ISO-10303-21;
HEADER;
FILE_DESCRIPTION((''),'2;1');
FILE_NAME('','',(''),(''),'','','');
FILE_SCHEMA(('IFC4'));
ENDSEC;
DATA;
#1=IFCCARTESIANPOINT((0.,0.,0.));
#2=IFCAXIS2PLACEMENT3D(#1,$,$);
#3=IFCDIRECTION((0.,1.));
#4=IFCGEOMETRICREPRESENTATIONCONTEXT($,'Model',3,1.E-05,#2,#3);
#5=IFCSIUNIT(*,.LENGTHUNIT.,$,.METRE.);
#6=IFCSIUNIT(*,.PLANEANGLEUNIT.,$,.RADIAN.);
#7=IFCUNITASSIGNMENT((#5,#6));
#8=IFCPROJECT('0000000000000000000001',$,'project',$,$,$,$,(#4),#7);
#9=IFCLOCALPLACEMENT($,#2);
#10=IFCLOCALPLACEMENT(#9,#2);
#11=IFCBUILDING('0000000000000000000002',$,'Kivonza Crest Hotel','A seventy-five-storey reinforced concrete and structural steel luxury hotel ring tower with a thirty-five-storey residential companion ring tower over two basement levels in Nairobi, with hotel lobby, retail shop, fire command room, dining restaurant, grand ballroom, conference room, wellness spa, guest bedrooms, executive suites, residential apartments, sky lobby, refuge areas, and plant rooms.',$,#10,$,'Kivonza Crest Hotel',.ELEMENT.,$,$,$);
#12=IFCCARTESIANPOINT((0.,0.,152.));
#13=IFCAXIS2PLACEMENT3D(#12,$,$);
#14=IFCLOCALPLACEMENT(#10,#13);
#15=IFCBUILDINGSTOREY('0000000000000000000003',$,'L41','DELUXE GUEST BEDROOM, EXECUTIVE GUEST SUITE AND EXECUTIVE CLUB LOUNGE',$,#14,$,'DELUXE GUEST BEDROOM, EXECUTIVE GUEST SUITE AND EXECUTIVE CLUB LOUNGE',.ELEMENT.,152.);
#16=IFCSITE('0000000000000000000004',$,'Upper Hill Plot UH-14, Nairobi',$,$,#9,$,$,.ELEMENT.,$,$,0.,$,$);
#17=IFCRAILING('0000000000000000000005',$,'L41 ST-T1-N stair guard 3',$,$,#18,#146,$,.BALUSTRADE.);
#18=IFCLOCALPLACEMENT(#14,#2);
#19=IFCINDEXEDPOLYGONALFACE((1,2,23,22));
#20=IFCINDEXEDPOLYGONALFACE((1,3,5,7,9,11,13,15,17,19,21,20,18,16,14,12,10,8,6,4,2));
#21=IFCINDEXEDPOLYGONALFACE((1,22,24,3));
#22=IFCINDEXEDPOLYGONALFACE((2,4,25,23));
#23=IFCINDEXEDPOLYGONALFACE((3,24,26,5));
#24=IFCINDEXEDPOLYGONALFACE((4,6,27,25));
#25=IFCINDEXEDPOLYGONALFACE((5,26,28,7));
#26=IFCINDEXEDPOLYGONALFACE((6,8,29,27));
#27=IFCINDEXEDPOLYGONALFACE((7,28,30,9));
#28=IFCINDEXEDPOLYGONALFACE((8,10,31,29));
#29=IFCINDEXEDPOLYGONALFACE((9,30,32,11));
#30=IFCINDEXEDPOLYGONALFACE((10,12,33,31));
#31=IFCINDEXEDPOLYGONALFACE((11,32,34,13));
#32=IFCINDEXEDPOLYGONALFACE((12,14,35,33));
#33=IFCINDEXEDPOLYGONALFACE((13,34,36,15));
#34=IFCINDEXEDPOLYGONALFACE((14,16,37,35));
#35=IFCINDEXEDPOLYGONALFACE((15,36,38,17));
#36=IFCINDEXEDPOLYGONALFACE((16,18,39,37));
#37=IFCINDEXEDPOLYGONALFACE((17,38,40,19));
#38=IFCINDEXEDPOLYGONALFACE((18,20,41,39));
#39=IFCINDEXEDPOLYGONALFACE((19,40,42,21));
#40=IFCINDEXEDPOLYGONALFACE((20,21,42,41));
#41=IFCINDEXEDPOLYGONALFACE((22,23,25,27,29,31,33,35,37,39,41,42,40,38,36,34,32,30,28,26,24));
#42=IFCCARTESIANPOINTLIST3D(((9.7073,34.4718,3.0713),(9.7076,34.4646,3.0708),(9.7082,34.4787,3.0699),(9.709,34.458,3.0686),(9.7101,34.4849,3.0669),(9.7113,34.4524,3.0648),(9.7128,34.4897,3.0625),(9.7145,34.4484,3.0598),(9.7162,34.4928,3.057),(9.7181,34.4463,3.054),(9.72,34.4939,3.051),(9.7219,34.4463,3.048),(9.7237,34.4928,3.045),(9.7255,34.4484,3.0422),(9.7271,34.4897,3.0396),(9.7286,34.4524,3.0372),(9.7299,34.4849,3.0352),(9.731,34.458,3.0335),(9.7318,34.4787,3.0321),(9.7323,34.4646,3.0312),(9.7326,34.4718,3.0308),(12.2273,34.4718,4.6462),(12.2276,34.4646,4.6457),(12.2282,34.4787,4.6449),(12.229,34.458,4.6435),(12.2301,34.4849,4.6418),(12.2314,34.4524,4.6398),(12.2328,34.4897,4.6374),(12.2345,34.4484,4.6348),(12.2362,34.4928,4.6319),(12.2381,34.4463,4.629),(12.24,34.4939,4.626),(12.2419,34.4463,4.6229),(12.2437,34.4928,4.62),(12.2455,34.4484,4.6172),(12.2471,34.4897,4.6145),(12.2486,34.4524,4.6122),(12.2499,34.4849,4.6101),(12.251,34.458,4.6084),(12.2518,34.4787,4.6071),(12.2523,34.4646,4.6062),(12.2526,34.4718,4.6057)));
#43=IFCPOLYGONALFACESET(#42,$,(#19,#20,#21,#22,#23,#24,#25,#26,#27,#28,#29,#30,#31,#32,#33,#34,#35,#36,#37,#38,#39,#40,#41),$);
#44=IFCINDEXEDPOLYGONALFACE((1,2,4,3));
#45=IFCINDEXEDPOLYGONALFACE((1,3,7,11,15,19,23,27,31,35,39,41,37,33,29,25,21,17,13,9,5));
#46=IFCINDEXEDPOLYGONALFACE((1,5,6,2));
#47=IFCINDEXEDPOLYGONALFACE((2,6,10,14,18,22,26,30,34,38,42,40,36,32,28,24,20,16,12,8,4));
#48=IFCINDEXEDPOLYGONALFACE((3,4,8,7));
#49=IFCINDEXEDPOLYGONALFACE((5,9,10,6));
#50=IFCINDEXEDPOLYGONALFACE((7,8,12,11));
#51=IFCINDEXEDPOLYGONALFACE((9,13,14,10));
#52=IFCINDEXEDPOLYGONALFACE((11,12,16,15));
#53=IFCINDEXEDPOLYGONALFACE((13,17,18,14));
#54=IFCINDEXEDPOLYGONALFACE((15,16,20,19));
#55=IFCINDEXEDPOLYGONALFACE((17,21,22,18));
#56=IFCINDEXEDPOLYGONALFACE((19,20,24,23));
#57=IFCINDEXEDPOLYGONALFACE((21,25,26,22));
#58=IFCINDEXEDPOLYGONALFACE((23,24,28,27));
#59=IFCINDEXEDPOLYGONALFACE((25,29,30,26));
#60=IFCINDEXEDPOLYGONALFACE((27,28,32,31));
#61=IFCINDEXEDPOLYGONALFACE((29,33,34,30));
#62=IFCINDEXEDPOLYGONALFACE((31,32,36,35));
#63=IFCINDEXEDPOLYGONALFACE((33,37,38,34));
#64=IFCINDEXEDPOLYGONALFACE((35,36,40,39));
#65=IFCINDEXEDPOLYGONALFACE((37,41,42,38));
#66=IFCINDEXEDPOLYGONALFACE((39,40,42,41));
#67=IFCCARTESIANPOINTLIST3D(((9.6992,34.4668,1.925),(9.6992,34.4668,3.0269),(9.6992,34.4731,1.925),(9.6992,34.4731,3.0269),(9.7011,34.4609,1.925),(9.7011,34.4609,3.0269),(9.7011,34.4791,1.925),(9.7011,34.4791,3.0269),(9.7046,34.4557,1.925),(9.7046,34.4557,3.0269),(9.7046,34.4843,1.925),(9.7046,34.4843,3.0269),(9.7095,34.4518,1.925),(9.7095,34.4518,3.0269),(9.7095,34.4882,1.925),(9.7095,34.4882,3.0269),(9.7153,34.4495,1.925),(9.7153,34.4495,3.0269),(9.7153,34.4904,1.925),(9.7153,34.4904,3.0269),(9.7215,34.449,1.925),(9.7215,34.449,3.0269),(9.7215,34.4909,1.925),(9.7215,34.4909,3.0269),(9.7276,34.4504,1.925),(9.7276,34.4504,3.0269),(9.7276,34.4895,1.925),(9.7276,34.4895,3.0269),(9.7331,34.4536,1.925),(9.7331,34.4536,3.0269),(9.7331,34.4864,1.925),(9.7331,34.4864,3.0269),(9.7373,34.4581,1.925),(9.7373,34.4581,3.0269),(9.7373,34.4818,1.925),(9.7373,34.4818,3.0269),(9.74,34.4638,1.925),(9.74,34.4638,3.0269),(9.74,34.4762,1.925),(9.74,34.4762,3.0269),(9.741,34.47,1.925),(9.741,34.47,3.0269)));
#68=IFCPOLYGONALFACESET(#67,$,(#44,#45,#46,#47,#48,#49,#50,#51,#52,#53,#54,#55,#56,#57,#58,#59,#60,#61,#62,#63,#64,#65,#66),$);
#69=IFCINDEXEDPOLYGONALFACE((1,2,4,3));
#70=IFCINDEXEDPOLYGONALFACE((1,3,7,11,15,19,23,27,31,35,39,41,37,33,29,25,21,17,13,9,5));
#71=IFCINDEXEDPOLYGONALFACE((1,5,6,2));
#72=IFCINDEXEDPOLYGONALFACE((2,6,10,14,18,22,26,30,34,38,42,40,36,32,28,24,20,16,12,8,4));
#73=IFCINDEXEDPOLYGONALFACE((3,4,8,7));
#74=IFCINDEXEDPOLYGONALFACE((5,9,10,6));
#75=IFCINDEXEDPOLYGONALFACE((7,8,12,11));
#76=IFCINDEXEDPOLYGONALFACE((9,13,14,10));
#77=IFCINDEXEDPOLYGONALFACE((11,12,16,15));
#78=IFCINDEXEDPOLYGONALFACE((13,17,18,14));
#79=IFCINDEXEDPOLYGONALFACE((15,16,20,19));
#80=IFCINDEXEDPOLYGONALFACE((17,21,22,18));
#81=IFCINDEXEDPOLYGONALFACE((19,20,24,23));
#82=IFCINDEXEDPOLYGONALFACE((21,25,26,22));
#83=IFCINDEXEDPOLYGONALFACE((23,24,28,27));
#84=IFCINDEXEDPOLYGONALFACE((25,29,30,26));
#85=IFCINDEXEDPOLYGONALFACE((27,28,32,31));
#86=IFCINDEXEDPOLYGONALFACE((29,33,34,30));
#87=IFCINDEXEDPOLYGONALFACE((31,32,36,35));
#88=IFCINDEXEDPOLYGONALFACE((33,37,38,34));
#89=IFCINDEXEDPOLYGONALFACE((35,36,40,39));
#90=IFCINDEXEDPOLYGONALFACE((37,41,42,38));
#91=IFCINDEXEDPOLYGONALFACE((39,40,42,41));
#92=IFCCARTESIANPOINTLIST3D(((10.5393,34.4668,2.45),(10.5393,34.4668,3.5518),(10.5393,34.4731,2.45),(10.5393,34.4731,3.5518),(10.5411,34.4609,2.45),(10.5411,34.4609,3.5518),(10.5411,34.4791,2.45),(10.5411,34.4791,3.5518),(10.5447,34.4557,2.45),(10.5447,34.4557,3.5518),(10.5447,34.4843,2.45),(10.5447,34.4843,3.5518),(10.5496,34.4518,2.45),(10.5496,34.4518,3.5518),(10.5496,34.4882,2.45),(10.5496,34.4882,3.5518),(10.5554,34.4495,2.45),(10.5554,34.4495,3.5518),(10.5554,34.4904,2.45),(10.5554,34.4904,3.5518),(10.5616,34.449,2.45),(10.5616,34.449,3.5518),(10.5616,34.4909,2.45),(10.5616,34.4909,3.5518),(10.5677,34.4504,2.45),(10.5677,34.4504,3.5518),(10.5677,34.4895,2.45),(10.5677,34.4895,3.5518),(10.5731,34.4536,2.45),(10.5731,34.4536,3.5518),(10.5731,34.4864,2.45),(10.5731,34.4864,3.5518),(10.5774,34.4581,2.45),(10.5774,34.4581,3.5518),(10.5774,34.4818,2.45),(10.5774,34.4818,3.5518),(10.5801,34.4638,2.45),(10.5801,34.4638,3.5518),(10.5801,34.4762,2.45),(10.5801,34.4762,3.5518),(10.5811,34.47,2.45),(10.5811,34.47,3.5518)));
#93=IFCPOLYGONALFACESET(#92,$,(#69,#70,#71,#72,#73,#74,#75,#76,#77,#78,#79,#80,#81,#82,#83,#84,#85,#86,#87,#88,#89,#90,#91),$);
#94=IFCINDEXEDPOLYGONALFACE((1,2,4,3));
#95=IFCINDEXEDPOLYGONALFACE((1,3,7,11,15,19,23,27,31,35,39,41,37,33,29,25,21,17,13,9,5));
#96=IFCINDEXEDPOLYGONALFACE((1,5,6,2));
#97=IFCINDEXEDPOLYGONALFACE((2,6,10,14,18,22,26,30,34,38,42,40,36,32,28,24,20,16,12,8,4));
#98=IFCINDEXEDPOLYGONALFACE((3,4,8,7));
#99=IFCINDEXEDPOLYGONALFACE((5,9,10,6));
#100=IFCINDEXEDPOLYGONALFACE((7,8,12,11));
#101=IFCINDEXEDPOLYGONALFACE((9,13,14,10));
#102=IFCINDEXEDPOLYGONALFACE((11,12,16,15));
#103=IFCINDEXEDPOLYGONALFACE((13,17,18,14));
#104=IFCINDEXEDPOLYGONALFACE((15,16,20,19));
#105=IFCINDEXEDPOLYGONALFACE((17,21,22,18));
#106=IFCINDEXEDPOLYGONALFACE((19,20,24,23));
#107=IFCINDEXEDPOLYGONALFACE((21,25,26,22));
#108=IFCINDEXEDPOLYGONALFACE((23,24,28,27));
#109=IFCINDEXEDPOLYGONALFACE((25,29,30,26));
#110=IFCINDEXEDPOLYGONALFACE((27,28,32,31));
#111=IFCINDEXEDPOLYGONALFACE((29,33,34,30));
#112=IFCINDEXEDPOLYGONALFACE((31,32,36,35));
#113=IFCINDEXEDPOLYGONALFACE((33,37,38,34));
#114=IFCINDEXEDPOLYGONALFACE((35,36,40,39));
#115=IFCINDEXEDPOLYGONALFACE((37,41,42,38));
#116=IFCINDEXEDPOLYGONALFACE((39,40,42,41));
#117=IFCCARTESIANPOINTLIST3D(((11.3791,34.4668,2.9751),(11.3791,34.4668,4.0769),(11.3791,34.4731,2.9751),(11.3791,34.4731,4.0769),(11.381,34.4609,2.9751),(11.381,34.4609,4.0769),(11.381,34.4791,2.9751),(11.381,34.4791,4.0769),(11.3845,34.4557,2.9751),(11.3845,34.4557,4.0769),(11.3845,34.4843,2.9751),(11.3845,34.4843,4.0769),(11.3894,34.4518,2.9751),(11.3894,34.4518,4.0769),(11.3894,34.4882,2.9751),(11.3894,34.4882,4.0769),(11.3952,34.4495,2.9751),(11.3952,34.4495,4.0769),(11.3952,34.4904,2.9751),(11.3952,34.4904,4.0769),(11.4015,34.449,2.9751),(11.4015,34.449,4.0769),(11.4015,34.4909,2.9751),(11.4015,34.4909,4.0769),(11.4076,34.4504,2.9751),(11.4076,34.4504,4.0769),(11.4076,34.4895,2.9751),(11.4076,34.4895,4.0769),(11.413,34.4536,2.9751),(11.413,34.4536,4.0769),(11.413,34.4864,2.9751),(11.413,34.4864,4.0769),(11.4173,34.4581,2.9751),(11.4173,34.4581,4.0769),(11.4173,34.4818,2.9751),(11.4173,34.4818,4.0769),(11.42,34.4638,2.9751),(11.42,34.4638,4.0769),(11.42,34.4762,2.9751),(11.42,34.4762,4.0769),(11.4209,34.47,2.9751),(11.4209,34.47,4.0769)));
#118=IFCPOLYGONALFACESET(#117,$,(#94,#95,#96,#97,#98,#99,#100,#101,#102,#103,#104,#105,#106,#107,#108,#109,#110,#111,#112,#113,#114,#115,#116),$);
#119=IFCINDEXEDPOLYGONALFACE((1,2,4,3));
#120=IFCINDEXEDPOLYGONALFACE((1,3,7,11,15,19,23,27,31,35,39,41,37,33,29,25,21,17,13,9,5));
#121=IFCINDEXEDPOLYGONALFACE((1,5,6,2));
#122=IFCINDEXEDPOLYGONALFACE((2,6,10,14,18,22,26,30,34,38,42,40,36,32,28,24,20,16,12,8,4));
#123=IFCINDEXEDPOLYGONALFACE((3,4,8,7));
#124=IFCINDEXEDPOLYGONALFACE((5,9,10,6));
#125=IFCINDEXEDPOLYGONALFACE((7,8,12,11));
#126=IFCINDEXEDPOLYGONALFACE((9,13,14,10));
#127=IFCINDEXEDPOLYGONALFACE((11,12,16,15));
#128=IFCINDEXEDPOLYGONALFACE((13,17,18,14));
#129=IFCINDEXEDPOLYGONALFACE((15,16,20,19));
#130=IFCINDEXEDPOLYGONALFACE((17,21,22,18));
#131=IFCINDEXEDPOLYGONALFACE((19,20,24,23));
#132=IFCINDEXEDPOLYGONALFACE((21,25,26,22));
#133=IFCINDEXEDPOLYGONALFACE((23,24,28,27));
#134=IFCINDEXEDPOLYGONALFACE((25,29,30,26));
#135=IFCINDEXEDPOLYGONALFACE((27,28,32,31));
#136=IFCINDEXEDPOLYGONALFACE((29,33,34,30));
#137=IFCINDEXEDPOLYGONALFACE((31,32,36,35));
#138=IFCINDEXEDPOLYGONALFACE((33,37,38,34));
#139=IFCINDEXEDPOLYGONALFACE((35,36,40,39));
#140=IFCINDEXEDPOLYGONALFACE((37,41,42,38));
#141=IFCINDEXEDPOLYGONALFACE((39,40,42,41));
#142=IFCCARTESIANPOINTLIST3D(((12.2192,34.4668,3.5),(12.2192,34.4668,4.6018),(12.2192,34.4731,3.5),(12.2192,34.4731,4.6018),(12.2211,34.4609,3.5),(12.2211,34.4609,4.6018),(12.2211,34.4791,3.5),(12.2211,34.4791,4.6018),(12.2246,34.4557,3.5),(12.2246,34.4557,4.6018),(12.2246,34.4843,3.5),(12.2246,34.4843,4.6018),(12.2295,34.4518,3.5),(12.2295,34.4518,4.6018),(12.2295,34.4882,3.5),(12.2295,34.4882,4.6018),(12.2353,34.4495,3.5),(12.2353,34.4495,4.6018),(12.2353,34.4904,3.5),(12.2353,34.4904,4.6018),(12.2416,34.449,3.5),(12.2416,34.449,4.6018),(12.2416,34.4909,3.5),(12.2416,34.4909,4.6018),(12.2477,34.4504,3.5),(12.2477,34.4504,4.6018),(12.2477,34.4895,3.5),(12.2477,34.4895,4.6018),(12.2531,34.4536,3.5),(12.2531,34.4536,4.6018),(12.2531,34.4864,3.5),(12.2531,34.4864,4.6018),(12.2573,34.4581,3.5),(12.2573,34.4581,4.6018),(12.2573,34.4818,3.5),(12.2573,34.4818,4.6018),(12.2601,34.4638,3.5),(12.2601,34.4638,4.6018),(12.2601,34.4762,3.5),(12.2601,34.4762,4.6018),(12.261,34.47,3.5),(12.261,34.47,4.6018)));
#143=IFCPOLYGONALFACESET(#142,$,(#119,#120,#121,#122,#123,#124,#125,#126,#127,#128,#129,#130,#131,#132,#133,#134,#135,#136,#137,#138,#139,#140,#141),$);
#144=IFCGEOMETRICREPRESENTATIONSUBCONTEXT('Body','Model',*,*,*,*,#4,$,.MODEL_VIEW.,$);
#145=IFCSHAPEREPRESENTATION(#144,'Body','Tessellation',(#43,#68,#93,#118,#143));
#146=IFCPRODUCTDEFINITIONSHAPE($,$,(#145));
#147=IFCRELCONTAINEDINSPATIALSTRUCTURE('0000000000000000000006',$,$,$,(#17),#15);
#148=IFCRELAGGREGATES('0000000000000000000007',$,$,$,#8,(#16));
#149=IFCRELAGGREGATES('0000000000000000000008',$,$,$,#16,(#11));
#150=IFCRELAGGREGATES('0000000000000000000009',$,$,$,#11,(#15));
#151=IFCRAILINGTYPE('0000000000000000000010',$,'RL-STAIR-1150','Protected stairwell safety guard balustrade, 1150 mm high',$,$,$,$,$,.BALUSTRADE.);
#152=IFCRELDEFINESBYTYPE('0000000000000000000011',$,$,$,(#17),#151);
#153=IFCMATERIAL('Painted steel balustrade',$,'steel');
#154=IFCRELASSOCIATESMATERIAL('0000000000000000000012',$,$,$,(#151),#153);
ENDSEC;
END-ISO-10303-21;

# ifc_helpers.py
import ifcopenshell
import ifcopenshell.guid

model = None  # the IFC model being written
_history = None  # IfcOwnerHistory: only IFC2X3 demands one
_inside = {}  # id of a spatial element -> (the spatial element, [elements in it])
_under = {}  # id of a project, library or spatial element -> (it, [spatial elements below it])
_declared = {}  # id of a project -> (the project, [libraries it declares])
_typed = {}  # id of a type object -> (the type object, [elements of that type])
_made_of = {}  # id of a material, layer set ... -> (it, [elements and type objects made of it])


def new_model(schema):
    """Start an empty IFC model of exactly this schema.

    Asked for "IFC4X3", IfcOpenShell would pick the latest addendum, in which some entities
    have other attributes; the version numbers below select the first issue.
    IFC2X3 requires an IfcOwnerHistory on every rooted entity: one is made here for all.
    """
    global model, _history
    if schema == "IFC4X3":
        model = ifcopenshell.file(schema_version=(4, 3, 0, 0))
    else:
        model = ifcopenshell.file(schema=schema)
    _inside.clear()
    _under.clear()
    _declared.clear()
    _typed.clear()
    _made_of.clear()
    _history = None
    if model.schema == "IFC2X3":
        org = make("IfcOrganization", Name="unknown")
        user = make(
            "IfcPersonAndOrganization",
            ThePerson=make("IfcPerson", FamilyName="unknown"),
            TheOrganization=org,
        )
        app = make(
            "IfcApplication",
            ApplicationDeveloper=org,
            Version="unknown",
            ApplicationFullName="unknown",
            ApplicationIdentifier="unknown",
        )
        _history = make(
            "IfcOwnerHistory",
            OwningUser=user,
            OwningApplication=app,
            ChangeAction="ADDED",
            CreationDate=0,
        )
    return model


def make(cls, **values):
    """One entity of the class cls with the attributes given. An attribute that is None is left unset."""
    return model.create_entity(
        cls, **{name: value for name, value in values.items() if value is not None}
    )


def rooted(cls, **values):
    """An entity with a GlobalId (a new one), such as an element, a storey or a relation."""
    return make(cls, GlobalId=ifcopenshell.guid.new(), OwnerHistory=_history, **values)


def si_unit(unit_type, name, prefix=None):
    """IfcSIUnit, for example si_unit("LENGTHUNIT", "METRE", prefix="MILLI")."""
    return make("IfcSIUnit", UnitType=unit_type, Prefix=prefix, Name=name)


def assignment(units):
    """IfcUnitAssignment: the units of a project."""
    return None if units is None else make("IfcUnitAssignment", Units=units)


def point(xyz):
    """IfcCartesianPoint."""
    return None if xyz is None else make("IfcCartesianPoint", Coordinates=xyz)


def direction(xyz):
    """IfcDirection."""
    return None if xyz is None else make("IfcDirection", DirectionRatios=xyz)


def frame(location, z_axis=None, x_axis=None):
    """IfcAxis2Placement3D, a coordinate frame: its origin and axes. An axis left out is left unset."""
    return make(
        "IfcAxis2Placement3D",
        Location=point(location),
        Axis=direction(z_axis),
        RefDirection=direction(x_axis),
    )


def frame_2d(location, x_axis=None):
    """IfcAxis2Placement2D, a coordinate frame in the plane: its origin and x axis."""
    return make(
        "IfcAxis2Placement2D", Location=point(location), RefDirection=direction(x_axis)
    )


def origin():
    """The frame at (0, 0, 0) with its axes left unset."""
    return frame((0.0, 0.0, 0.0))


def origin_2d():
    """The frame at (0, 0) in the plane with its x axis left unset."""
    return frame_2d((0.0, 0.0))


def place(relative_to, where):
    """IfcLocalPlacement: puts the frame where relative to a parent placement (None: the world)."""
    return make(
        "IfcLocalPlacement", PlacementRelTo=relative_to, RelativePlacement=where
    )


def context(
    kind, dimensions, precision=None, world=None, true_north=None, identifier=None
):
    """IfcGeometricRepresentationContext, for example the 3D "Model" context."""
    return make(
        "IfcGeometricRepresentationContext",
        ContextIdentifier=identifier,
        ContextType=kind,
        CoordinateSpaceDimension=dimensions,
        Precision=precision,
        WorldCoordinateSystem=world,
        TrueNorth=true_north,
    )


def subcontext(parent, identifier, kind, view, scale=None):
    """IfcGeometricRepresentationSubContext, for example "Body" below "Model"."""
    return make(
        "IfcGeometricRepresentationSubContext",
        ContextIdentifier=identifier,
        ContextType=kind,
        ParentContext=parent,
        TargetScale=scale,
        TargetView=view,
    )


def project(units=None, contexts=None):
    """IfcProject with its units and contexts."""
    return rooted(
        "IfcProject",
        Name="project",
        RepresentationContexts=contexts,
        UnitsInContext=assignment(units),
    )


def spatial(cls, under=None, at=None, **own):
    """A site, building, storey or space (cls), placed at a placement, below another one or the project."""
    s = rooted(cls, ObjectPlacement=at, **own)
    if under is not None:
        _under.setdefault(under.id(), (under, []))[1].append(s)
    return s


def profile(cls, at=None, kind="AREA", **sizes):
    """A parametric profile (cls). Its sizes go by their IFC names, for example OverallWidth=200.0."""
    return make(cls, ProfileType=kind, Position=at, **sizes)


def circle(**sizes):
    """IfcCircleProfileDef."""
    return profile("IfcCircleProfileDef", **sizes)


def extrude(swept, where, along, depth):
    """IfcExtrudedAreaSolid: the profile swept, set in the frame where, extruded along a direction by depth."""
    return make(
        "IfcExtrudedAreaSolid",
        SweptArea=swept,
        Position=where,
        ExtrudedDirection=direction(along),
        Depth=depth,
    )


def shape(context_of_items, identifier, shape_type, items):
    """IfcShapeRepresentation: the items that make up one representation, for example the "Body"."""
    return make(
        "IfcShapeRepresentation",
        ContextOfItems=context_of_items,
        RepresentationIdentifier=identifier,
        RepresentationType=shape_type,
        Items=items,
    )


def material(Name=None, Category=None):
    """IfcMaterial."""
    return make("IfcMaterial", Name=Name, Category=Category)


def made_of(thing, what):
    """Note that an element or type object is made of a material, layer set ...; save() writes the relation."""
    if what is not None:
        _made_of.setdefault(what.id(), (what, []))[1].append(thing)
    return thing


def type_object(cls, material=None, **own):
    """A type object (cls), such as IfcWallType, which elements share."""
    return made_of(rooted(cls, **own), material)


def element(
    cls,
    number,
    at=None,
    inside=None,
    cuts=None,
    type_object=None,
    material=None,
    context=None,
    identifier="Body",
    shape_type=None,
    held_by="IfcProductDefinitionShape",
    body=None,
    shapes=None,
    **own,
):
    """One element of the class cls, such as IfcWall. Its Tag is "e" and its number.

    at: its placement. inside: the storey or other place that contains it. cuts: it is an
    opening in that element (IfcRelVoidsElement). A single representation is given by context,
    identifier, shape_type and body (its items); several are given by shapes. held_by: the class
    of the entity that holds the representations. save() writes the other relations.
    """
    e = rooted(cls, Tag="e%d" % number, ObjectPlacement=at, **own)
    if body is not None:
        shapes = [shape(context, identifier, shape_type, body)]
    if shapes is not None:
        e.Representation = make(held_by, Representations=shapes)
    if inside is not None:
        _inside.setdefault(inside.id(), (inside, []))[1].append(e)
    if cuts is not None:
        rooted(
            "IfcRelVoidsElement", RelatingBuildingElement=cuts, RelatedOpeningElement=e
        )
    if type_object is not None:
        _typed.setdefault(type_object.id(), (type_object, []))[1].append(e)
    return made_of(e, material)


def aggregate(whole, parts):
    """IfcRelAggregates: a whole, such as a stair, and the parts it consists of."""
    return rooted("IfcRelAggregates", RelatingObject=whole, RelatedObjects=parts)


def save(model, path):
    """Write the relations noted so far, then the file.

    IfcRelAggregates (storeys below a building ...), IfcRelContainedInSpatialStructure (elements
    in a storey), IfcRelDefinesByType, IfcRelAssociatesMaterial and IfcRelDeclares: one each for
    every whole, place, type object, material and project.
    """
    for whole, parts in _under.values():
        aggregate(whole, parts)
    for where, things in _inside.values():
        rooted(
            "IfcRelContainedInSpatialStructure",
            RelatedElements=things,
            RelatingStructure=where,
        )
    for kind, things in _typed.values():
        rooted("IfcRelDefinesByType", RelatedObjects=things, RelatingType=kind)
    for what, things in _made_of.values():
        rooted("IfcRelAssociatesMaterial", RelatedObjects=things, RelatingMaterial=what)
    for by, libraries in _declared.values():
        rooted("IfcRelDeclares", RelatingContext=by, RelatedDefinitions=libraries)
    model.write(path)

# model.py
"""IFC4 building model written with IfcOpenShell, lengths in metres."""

from ifc_helpers import new_model, si_unit, direction, frame, origin, origin_2d, place, context, subcontext, project, spatial, circle, extrude, material, type_object, element, save


model = new_model("IFC4")

# Units and contexts
model_context = context("Model", 3, precision=1e-05, world=origin(), true_north=direction((0.0, 1.0)))
body_context = subcontext(model_context, "Body", "Model", "MODEL_VIEW")
ifc_project = project(units=[si_unit("LENGTHUNIT", "METRE"), si_unit("PLANEANGLEUNIT", "RADIAN")], contexts=[model_context])

# Site, building, storey
site_placement = place(None, origin())
site = spatial("IfcSite", under=ifc_project, at=site_placement, Name="Upper Hill Plot UH-14, Nairobi", CompositionType="ELEMENT", RefElevation=0.0)
building_placement = place(site_placement, origin())
building = spatial("IfcBuilding", under=site, at=building_placement, Name="Kivonza Crest Hotel", Description="A seventy-five-storey reinforced concrete and structural steel luxury hotel ring tower with a thirty-five-storey residential companion ring tower over two basement levels in Nairobi, with hotel lobby, retail shop, fire command room, dining restaurant, grand ballroom, conference room, wellness spa, guest bedrooms, executive suites, residential apartments, sky lobby, refuge areas, and plant rooms.", LongName="Kivonza Crest Hotel", CompositionType="ELEMENT")
storey_placement = place(building_placement, frame((0.0, 0.0, 152.0)))
storey = spatial("IfcBuildingStorey", under=building, at=storey_placement, Name="L41", Description="DELUXE GUEST BEDROOM, EXECUTIVE GUEST SUITE AND EXECUTIVE CLUB LOUNGE", LongName="DELUXE GUEST BEDROOM, EXECUTIVE GUEST SUITE AND EXECUTIVE CLUB LOUNGE", CompositionType="ELEMENT", Elevation=152.0)

# Railing
ifc_material_1 = material(Name="Painted steel balustrade", Category="steel")
railing_type_1 = type_object("IfcRailingType", Name="RL-STAIR-1150", Description="Protected stairwell safety guard balustrade, 1150 mm high", PredefinedType="BALUSTRADE", material=ifc_material_1)
railing_1_placement = place(storey_placement, frame((9.72, 34.47, 1.925)))
element("IfcRailing", 1, at=railing_1_placement, inside=storey, type_object=railing_type_1, Name="L41 ST-T1-N stair guard 3", PredefinedType="BALUSTRADE", context=body_context, shape_type="SweptSolid", body=[
    extrude(circle(Radius=0.0239, at=origin_2d()), frame((0.0, 0.0, 1.126), z_axis=(0.848008, 0.0, 0.529984), x_axis=(0.0, 1.0, 0.0)), (0.0, 0.0, 1.0), 2.9717),
    extrude(circle(Radius=0.021, at=origin_2d()), origin(), (0.0, 0.0, 1.0), 1.1018),
    extrude(circle(Radius=0.021, at=origin_2d()), frame((0.8401, 0.0, 0.5249)), (0.0, 0.0, 1.0), 1.1018),
    extrude(circle(Radius=0.021, at=origin_2d()), frame((1.6799, 0.0, 1.05)), (0.0, 0.0, 1.0), 1.1018),
    extrude(circle(Radius=0.021, at=origin_2d()), frame((2.52, 0.0, 1.575)), (0.0, 0.0, 1.0), 1.1018),
])

save(model, "model.ifc")
